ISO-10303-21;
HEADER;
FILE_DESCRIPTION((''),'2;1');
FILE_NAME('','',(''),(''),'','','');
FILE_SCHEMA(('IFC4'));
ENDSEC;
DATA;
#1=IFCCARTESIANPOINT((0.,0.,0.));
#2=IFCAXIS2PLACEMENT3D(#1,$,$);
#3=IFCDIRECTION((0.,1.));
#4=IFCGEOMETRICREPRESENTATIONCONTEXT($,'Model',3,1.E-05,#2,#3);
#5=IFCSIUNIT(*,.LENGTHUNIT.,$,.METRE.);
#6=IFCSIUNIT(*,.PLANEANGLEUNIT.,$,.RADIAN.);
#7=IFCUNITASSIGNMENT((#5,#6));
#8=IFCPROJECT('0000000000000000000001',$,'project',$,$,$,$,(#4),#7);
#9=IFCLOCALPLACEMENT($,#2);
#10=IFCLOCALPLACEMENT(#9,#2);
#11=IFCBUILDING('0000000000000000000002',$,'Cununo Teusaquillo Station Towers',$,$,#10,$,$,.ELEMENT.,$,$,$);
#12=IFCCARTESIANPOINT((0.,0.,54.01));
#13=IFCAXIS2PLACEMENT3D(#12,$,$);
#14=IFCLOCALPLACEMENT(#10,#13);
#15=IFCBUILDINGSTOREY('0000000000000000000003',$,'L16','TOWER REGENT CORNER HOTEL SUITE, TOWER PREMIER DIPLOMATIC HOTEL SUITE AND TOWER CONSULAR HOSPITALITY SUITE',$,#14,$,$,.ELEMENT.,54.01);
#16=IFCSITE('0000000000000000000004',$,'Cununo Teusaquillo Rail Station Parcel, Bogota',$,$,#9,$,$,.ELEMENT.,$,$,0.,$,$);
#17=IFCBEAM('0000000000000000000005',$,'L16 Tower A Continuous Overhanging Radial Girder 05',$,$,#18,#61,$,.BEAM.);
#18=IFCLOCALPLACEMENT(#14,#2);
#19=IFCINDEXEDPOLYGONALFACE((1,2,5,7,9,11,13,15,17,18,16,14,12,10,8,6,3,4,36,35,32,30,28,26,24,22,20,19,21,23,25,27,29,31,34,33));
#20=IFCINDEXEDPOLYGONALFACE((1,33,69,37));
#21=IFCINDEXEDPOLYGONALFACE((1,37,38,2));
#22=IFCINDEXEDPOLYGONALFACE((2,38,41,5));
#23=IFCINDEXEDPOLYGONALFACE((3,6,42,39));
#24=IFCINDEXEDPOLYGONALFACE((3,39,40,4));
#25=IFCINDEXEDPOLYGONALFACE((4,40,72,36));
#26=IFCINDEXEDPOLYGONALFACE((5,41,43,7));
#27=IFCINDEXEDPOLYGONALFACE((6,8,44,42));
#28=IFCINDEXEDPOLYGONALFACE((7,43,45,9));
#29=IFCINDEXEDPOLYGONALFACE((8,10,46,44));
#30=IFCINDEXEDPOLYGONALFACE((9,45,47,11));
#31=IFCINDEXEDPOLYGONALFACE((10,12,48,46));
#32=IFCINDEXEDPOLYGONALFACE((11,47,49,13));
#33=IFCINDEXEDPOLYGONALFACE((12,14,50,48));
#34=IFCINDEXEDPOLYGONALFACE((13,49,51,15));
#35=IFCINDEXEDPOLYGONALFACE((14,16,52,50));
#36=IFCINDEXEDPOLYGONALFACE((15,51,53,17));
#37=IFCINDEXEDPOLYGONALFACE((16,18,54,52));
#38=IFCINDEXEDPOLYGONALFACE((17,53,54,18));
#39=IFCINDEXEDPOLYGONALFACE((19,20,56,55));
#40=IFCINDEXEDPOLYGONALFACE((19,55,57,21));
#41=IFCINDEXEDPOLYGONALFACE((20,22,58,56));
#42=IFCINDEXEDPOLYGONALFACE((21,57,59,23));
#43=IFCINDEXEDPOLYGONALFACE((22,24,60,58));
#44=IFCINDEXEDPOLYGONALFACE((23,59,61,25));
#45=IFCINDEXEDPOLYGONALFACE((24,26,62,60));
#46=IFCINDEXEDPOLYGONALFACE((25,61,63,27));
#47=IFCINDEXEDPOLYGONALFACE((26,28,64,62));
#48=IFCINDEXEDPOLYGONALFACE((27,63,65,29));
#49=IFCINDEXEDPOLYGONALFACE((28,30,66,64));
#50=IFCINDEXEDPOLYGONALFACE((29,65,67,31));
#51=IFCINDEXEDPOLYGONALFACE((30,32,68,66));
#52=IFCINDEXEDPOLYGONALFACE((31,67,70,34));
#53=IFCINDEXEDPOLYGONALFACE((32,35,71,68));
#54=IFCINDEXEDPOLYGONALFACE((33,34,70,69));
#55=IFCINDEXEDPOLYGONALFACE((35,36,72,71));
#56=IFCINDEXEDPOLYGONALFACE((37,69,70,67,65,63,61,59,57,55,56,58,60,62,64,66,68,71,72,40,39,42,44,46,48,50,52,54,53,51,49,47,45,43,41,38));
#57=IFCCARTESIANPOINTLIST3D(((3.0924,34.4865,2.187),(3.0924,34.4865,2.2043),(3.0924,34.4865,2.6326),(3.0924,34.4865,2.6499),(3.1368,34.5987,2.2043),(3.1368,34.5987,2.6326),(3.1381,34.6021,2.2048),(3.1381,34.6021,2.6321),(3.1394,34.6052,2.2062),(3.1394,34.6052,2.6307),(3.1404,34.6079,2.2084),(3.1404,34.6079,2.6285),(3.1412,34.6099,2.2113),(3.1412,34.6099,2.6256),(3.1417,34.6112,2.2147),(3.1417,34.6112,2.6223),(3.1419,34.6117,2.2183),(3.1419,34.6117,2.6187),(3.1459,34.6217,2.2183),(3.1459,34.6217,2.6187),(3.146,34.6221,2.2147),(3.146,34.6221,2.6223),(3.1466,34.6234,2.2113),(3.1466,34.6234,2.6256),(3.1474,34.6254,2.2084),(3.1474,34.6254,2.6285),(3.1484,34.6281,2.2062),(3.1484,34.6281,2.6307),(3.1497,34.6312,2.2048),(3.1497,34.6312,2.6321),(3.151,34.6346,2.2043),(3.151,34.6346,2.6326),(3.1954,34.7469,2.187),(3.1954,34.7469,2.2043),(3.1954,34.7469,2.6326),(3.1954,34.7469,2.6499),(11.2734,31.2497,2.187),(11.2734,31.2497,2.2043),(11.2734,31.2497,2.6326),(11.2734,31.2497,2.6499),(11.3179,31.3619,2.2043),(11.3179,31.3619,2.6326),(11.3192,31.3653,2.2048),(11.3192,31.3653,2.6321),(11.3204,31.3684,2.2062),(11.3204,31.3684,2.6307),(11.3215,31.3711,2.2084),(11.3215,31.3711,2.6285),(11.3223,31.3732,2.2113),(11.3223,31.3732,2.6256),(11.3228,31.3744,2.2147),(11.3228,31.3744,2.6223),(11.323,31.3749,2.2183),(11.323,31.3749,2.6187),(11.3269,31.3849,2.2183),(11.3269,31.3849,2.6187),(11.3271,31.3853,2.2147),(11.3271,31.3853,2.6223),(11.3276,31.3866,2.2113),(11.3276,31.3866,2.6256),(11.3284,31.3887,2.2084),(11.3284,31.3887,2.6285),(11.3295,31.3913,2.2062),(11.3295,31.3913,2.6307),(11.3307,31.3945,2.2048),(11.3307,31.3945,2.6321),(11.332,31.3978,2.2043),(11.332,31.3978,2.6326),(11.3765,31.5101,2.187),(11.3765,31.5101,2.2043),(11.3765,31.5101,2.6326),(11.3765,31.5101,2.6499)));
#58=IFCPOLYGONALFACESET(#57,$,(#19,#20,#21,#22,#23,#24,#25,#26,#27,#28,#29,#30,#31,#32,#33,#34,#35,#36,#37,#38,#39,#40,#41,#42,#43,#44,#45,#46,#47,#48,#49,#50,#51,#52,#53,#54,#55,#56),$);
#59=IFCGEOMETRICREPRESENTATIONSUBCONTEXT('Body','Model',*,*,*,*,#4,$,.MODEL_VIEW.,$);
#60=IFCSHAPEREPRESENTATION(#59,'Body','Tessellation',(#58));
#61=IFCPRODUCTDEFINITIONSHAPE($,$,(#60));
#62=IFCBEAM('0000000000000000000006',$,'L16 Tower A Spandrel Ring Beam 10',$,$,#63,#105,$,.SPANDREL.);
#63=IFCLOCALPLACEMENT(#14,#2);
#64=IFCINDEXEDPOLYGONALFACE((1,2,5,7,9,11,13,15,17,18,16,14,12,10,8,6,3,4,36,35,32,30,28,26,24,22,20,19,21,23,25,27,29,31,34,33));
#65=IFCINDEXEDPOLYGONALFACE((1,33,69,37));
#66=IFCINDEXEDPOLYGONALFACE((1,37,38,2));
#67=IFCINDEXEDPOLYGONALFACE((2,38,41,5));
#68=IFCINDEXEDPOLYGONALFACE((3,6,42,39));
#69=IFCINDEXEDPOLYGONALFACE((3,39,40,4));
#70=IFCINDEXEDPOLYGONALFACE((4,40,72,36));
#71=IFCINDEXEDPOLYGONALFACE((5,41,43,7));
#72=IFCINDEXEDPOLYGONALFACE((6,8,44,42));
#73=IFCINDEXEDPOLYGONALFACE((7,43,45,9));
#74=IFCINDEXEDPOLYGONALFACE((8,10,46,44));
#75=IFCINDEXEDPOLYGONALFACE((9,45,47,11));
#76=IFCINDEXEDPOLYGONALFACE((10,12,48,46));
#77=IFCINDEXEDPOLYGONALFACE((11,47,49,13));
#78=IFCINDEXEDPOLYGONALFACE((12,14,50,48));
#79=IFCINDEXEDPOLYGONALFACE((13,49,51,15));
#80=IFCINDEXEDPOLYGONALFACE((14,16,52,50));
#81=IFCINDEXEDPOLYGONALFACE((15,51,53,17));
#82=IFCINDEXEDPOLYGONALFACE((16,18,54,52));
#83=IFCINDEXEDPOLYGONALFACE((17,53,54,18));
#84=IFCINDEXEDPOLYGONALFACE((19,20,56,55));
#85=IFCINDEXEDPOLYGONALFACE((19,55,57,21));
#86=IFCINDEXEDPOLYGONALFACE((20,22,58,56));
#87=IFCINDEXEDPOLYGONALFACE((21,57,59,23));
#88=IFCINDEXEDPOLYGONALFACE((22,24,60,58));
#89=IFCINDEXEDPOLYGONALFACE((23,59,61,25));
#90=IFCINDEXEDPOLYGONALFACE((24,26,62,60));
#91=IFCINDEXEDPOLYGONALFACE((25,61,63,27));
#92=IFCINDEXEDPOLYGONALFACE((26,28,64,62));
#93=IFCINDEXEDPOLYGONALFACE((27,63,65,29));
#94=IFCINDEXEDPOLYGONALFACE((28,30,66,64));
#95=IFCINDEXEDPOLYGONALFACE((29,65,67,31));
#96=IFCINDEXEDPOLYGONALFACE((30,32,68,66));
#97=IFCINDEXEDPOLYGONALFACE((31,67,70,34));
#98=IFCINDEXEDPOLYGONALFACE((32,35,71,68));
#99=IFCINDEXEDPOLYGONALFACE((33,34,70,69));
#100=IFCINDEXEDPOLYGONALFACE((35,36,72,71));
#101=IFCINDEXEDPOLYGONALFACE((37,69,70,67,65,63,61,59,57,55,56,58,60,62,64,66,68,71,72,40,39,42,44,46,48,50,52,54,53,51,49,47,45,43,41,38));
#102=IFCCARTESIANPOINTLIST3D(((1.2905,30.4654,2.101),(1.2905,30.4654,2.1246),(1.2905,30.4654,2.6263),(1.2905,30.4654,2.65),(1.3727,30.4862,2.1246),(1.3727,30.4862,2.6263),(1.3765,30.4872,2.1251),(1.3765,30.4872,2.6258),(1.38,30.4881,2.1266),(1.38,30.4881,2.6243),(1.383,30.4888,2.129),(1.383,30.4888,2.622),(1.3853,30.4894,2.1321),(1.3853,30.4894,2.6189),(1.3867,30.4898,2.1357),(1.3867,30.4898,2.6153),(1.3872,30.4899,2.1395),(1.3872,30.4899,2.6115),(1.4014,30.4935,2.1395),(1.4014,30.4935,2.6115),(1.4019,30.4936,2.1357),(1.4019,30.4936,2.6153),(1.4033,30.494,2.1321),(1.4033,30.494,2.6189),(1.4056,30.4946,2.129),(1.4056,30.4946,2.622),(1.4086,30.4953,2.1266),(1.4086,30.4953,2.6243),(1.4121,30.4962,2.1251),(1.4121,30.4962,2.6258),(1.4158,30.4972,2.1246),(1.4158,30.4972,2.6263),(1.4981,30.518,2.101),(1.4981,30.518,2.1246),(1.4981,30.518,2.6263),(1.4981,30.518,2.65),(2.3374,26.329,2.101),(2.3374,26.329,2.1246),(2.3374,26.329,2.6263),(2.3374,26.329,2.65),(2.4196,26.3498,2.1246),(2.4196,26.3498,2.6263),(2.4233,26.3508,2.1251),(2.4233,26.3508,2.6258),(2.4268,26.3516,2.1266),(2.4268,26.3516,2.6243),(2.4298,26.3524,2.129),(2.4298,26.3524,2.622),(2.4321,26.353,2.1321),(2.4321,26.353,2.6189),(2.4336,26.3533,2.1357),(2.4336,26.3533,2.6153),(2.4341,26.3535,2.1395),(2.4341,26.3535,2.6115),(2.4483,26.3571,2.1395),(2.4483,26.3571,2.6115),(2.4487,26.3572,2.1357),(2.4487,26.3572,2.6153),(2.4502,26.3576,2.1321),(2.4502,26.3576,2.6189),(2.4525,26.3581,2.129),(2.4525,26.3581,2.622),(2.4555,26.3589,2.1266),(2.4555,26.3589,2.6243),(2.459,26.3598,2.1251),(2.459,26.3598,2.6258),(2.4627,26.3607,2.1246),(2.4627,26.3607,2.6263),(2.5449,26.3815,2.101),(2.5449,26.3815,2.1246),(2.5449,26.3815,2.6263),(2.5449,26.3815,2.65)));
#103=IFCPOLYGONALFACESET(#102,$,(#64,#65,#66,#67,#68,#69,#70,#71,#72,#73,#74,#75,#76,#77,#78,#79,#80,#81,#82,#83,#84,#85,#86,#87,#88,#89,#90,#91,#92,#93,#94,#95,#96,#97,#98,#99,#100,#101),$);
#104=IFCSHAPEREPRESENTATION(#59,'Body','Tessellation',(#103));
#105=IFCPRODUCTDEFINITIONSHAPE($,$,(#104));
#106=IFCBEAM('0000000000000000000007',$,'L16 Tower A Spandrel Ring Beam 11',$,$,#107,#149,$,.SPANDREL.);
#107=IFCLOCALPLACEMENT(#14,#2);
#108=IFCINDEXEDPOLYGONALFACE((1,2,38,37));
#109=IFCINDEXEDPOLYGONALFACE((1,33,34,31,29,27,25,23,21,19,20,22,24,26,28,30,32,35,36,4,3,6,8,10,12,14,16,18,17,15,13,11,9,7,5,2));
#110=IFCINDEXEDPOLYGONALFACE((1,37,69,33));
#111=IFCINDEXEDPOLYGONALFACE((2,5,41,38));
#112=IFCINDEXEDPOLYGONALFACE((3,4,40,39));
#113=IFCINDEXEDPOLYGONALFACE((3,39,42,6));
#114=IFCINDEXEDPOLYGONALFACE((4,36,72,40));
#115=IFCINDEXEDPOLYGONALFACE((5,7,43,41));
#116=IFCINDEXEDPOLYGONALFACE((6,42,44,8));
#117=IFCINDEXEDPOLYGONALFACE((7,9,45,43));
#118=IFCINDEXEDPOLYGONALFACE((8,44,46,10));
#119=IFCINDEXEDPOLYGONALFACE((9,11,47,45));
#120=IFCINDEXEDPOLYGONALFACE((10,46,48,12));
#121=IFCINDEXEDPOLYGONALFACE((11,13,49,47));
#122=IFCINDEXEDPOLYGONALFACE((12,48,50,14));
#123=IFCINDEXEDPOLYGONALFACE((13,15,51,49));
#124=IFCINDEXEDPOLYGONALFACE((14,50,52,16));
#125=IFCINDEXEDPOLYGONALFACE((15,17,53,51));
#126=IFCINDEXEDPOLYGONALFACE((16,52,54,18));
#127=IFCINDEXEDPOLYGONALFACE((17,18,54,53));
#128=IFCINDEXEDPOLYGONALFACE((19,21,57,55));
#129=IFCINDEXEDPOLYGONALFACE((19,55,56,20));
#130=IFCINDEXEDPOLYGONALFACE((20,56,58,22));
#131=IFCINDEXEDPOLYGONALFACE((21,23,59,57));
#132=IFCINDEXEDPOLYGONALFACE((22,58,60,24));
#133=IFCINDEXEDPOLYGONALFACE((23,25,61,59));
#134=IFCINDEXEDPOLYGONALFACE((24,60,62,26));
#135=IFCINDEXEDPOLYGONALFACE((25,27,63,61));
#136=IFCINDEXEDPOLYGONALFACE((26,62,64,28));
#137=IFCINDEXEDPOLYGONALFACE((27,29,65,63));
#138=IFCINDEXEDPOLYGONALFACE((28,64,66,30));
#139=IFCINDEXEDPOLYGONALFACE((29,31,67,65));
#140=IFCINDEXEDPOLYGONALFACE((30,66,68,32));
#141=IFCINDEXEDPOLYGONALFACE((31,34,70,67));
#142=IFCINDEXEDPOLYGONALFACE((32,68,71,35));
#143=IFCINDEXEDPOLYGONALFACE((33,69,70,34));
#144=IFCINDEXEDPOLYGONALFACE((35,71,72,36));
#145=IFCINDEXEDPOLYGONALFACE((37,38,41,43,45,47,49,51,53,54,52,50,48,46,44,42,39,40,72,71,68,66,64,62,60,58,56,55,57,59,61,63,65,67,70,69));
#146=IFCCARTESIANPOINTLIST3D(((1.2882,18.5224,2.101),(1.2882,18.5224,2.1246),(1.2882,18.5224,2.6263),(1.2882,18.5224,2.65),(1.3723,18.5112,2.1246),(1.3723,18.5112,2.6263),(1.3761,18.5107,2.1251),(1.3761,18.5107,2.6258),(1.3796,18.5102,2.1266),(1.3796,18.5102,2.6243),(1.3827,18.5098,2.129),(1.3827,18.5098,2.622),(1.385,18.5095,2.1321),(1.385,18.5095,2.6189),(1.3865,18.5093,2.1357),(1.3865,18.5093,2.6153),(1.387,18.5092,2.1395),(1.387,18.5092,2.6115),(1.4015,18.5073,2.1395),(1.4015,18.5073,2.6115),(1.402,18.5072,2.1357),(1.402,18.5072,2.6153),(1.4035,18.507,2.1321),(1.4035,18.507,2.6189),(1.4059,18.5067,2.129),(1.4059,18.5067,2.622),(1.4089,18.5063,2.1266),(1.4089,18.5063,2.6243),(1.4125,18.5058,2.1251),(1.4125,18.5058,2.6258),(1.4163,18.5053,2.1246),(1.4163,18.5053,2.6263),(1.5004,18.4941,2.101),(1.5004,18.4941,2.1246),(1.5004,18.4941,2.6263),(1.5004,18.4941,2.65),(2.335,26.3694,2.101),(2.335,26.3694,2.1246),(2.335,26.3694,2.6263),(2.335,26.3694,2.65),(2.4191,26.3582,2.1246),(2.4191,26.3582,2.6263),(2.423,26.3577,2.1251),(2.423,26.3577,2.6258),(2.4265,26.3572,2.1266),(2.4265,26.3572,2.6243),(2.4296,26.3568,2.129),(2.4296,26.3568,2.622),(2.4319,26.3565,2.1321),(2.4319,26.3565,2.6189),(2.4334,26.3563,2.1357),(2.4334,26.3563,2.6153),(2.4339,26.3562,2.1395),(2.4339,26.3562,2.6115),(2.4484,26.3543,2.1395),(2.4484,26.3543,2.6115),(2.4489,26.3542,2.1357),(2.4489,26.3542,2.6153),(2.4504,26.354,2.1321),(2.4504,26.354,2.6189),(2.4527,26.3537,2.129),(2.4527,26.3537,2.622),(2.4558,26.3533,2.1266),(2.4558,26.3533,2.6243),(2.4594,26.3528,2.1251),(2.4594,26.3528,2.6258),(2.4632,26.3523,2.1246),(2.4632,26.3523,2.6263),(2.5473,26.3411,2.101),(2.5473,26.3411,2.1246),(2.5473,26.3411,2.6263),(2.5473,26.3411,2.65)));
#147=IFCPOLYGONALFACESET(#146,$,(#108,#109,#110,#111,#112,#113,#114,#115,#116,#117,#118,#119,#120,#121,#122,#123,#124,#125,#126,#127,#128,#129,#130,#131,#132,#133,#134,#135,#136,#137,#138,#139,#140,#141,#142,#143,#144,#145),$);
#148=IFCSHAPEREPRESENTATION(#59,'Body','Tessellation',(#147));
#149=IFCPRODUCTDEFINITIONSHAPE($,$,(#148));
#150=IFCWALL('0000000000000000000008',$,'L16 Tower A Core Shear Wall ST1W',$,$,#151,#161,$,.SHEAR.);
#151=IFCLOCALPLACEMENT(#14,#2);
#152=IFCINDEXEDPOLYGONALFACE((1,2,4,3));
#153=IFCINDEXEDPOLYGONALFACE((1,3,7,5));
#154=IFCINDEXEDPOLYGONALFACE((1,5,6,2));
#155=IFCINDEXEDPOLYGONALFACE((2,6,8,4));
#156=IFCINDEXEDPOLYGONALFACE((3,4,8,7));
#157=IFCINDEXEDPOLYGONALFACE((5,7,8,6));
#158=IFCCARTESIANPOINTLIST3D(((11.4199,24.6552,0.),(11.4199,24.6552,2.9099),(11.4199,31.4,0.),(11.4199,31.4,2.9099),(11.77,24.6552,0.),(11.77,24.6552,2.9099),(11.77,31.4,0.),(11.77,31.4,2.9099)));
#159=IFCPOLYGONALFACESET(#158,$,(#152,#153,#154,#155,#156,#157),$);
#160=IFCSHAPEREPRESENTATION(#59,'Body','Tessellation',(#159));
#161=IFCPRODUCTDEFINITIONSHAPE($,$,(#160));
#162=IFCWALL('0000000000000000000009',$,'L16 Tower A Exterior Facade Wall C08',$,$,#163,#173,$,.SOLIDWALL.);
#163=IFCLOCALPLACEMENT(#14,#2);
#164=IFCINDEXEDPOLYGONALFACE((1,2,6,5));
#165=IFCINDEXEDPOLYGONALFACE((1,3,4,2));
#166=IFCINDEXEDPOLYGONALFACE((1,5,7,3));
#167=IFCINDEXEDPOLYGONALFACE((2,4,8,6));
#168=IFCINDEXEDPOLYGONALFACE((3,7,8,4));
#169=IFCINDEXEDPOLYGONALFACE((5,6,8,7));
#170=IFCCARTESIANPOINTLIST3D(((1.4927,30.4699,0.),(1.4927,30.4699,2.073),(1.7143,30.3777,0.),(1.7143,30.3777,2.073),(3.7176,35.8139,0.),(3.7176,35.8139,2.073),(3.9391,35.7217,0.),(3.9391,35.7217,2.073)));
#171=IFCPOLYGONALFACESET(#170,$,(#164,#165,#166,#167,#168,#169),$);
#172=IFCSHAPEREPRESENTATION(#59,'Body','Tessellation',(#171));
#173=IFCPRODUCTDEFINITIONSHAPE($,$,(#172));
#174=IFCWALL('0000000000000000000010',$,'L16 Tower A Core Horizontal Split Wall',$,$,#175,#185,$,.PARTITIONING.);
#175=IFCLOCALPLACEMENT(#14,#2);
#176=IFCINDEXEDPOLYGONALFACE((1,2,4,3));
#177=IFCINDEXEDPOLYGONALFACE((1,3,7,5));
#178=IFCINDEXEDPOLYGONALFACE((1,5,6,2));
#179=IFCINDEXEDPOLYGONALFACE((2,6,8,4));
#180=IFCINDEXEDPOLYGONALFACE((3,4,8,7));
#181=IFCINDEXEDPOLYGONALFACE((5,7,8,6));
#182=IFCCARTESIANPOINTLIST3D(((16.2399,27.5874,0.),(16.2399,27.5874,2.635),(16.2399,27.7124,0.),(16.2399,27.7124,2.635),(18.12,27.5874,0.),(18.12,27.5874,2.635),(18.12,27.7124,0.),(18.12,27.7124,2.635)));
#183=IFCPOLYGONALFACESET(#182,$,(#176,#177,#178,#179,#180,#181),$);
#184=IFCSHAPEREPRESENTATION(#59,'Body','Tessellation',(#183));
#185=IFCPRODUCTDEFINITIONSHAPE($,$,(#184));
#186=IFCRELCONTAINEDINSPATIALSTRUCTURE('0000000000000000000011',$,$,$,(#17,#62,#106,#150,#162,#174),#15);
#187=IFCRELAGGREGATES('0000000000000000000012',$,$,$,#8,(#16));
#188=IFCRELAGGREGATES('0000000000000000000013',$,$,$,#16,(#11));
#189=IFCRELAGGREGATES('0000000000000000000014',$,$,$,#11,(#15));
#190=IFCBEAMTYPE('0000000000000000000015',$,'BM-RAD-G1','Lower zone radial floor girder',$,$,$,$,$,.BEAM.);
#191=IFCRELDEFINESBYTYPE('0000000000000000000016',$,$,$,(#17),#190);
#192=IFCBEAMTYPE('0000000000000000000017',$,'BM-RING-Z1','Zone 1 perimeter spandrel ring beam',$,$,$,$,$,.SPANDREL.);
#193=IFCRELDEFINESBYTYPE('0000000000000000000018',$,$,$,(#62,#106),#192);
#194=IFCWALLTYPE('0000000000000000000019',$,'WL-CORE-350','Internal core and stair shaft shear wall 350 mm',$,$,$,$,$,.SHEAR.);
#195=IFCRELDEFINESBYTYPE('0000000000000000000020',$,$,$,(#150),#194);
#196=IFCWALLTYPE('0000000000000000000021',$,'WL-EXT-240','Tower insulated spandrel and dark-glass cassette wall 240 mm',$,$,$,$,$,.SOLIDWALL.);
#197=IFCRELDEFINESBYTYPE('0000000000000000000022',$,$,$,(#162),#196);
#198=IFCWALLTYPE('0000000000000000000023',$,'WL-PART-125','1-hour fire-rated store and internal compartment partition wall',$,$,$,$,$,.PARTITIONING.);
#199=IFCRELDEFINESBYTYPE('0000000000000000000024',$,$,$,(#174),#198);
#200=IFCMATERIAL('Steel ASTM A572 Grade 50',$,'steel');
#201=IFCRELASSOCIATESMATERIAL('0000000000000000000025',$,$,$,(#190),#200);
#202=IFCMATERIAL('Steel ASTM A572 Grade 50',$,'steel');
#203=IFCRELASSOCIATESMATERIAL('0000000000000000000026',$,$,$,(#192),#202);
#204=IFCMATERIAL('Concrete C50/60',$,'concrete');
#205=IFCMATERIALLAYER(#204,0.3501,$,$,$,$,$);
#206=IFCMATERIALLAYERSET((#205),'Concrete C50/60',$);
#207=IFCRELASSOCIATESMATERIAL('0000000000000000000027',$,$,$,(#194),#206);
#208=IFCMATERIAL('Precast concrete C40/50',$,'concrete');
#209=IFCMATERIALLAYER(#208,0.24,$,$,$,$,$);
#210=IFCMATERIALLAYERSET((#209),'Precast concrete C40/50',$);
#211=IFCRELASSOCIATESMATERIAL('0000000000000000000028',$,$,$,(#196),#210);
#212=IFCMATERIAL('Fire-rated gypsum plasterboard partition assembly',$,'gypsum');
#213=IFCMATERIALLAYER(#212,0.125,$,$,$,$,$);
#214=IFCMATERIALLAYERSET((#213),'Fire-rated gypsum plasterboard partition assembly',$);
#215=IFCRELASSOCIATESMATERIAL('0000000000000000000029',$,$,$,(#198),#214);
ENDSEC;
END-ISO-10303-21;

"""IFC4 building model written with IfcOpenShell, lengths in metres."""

from ifc_helpers import new_model, si_unit, direction, frame, frame_2d, origin, origin_2d, place, context, subcontext, project, spatial, rectangle, i_section, extrude, material, layer, layer_set, material_profile, profile_set, type_object, element, save


model = new_model("IFC4")

# Units and contexts
model_context = context("Model", 3, precision=1e-05, world=origin(), true_north=direction((0.0, 1.0)))
body_context = subcontext(model_context, "Body", "Model", "MODEL_VIEW")
ifc_project = project(units=[si_unit("LENGTHUNIT", "METRE"), si_unit("PLANEANGLEUNIT", "RADIAN")], contexts=[model_context])

# Site, building, storey
site_placement = place(None, origin())
site = spatial("IfcSite", under=ifc_project, at=site_placement, Name="Cununo Teusaquillo Rail Station Parcel, Bogota", CompositionType="ELEMENT", RefElevation=0.0)
building_placement = place(site_placement, origin())
building = spatial("IfcBuilding", under=site, at=building_placement, Name="Cununo Teusaquillo Station Towers", CompositionType="ELEMENT")
storey_placement = place(building_placement, frame((0.0, 0.0, 54.01)))
storey = spatial("IfcBuildingStorey", under=building, at=storey_placement, Name="L16", Description="TOWER REGENT CORNER HOTEL SUITE, TOWER PREMIER DIPLOMATIC HOTEL SUITE AND TOWER CONSULAR HOSPITALITY SUITE", CompositionType="ELEMENT", Elevation=54.01)

# Beams
ifc_material_1 = material(Name="Steel ASTM A572 Grade 50", Category="steel")
ifc_material_profile_1 = material_profile(ifc_material_1, i_section(OverallWidth=0.28, OverallDepth=0.4629, WebThickness=0.0107, FlangeThickness=0.0173, FilletRadius=0.0139, at=origin_2d()), Name="W18X76")
ifc_profile_set_1 = profile_set([ifc_material_profile_1], Name="Steel ASTM A572 Grade 50")
beam_type_1 = type_object("IfcBeamType", Name="BM-RAD-G1", Description="Lower zone radial floor girder", PredefinedType="BEAM", material=ifc_profile_set_1)
beam_1_placement = place(storey_placement, frame((11.325, 31.3799, 2.4185), z_axis=(-0.929867, 0.367896, 0.0), x_axis=(-0.367896, -0.929867, 0.0)))
element("IfcBeam", 1, at=beam_1_placement, inside=storey, type_object=beam_type_1, Name="L16 Tower A Continuous Overhanging Radial Girder 05", PredefinedType="BEAM", context=body_context, shape_type="SweptSolid", body=[
    extrude(i_section(OverallWidth=0.28, OverallDepth=0.4629, WebThickness=0.0107, FlangeThickness=0.0173, FilletRadius=0.0139, at=origin_2d()), origin(), (0.0, 0.0, 1.0), 8.7981),
])
ifc_material_2 = material(Name="Steel ASTM A572 Grade 50", Category="steel")
ifc_material_profile_2 = material_profile(ifc_material_2, i_section(OverallWidth=0.2141, OverallDepth=0.5491, WebThickness=0.0146, FlangeThickness=0.0237, FilletRadius=0.0149, at=origin_2d()), Name="W21X93")
ifc_profile_set_2 = profile_set([ifc_material_profile_2], Name="Steel ASTM A572 Grade 50")
beam_type_2 = type_object("IfcBeamType", Name="BM-RING-Z1", Description="Zone 1 perimeter spandrel ring beam", PredefinedType="SPANDREL", material=ifc_profile_set_2)
beam_2_placement = place(storey_placement, frame((1.3943, 30.4917, 2.3755), z_axis=(0.245348, -0.969435, 0.0), x_axis=(0.969435, 0.245348, 0.0)))
element("IfcBeam", 2, at=beam_2_placement, inside=storey, type_object=beam_type_2, Name="L16 Tower A Spandrel Ring Beam 10", PredefinedType="SPANDREL", context=body_context, shape_type="SweptSolid", body=[
    extrude(i_section(OverallWidth=0.2141, OverallDepth=0.5491, WebThickness=0.0146, FlangeThickness=0.0237, FilletRadius=0.0149, at=origin_2d()), origin(), (0.0, 0.0, 1.0), 4.2668),
])
beam_3_placement = place(storey_placement, frame((2.4412, 26.3552, 2.3755), z_axis=(-0.13224, -0.991218, 0.0), x_axis=(0.991218, -0.13224, 0.0)))
element("IfcBeam", 3, at=beam_3_placement, inside=storey, type_object=beam_type_2, Name="L16 Tower A Spandrel Ring Beam 11", PredefinedType="SPANDREL", context=body_context, shape_type="SweptSolid", body=[
    extrude(i_section(OverallWidth=0.2141, OverallDepth=0.5491, WebThickness=0.0146, FlangeThickness=0.0237, FilletRadius=0.0149, at=origin_2d()), origin(), (0.0, 0.0, 1.0), 7.9165),
])

# Walls
ifc_material_3 = material(Name="Concrete C50/60", Category="concrete")
ifc_layer_1 = layer(ifc_material_3, 0.3501)
ifc_layer_set_1 = layer_set([ifc_layer_1], Name="Concrete C50/60")
wall_type_1 = type_object("IfcWallType", Name="WL-CORE-350", Description="Internal core and stair shaft shear wall 350 mm", PredefinedType="SHEAR", material=ifc_layer_set_1)
wall_1_placement = place(storey_placement, frame((11.595, 24.655, 0.0), z_axis=(0.0, 0.0, 1.0), x_axis=(0.0, 1.0, 0.0)))
element("IfcWall", 4, at=wall_1_placement, inside=storey, type_object=wall_type_1, Name="L16 Tower A Core Shear Wall ST1W", PredefinedType="SHEAR", context=body_context, shape_type="SweptSolid", body=[
    extrude(rectangle(XDim=6.7449, YDim=0.3501, at=frame_2d((3.3726, 0.0))), origin(), (0.0, 0.0, 1.0), 2.9099),
])
ifc_material_4 = material(Name="Precast concrete C40/50", Category="concrete")
ifc_layer_2 = layer(ifc_material_4, 0.24)
ifc_layer_set_2 = layer_set([ifc_layer_2], Name="Precast concrete C40/50")
wall_type_2 = type_object("IfcWallType", Name="WL-EXT-240", Description="Tower insulated spandrel and dark-glass cassette wall 240 mm", PredefinedType="SOLIDWALL", material=ifc_layer_set_2)
wall_2_placement = place(storey_placement, frame((1.6035, 30.4238, 0.0), z_axis=(0.0, 0.0, 1.0), x_axis=(0.384349, 0.923188, 0.0)))
element("IfcWall", 5, at=wall_2_placement, inside=storey, type_object=wall_type_2, Name="L16 Tower A Exterior Facade Wall C08", PredefinedType="SOLIDWALL", context=body_context, shape_type="SweptSolid", body=[
    extrude(rectangle(XDim=5.7886, YDim=0.24, at=frame_2d((2.8943, 0.0))), origin(), (0.0, 0.0, 1.0), 2.073),
])
ifc_material_5 = material(Name="Fire-rated gypsum plasterboard partition assembly", Category="gypsum")
ifc_layer_3 = layer(ifc_material_5, 0.125)
ifc_layer_set_3 = layer_set([ifc_layer_3], Name="Fire-rated gypsum plasterboard partition assembly")
wall_type_3 = type_object("IfcWallType", Name="WL-PART-125", Description="1-hour fire-rated store and internal compartment partition wall", PredefinedType="PARTITIONING", material=ifc_layer_set_3)
wall_3_placement = place(storey_placement, frame((16.24, 27.6499, 0.0), z_axis=(0.0, 0.0, 1.0), x_axis=(1.0, 0.0, 0.0)))
element("IfcWall", 6, at=wall_3_placement, inside=storey, type_object=wall_type_3, Name="L16 Tower A Core Horizontal Split Wall", PredefinedType="PARTITIONING", context=body_context, shape_type="SweptSolid", body=[
    extrude(rectangle(XDim=1.8801, YDim=0.125, at=frame_2d((0.9399, 0.0))), origin(), (0.0, 0.0, 1.0), 2.635),
])

save(model, "model.ifc")
